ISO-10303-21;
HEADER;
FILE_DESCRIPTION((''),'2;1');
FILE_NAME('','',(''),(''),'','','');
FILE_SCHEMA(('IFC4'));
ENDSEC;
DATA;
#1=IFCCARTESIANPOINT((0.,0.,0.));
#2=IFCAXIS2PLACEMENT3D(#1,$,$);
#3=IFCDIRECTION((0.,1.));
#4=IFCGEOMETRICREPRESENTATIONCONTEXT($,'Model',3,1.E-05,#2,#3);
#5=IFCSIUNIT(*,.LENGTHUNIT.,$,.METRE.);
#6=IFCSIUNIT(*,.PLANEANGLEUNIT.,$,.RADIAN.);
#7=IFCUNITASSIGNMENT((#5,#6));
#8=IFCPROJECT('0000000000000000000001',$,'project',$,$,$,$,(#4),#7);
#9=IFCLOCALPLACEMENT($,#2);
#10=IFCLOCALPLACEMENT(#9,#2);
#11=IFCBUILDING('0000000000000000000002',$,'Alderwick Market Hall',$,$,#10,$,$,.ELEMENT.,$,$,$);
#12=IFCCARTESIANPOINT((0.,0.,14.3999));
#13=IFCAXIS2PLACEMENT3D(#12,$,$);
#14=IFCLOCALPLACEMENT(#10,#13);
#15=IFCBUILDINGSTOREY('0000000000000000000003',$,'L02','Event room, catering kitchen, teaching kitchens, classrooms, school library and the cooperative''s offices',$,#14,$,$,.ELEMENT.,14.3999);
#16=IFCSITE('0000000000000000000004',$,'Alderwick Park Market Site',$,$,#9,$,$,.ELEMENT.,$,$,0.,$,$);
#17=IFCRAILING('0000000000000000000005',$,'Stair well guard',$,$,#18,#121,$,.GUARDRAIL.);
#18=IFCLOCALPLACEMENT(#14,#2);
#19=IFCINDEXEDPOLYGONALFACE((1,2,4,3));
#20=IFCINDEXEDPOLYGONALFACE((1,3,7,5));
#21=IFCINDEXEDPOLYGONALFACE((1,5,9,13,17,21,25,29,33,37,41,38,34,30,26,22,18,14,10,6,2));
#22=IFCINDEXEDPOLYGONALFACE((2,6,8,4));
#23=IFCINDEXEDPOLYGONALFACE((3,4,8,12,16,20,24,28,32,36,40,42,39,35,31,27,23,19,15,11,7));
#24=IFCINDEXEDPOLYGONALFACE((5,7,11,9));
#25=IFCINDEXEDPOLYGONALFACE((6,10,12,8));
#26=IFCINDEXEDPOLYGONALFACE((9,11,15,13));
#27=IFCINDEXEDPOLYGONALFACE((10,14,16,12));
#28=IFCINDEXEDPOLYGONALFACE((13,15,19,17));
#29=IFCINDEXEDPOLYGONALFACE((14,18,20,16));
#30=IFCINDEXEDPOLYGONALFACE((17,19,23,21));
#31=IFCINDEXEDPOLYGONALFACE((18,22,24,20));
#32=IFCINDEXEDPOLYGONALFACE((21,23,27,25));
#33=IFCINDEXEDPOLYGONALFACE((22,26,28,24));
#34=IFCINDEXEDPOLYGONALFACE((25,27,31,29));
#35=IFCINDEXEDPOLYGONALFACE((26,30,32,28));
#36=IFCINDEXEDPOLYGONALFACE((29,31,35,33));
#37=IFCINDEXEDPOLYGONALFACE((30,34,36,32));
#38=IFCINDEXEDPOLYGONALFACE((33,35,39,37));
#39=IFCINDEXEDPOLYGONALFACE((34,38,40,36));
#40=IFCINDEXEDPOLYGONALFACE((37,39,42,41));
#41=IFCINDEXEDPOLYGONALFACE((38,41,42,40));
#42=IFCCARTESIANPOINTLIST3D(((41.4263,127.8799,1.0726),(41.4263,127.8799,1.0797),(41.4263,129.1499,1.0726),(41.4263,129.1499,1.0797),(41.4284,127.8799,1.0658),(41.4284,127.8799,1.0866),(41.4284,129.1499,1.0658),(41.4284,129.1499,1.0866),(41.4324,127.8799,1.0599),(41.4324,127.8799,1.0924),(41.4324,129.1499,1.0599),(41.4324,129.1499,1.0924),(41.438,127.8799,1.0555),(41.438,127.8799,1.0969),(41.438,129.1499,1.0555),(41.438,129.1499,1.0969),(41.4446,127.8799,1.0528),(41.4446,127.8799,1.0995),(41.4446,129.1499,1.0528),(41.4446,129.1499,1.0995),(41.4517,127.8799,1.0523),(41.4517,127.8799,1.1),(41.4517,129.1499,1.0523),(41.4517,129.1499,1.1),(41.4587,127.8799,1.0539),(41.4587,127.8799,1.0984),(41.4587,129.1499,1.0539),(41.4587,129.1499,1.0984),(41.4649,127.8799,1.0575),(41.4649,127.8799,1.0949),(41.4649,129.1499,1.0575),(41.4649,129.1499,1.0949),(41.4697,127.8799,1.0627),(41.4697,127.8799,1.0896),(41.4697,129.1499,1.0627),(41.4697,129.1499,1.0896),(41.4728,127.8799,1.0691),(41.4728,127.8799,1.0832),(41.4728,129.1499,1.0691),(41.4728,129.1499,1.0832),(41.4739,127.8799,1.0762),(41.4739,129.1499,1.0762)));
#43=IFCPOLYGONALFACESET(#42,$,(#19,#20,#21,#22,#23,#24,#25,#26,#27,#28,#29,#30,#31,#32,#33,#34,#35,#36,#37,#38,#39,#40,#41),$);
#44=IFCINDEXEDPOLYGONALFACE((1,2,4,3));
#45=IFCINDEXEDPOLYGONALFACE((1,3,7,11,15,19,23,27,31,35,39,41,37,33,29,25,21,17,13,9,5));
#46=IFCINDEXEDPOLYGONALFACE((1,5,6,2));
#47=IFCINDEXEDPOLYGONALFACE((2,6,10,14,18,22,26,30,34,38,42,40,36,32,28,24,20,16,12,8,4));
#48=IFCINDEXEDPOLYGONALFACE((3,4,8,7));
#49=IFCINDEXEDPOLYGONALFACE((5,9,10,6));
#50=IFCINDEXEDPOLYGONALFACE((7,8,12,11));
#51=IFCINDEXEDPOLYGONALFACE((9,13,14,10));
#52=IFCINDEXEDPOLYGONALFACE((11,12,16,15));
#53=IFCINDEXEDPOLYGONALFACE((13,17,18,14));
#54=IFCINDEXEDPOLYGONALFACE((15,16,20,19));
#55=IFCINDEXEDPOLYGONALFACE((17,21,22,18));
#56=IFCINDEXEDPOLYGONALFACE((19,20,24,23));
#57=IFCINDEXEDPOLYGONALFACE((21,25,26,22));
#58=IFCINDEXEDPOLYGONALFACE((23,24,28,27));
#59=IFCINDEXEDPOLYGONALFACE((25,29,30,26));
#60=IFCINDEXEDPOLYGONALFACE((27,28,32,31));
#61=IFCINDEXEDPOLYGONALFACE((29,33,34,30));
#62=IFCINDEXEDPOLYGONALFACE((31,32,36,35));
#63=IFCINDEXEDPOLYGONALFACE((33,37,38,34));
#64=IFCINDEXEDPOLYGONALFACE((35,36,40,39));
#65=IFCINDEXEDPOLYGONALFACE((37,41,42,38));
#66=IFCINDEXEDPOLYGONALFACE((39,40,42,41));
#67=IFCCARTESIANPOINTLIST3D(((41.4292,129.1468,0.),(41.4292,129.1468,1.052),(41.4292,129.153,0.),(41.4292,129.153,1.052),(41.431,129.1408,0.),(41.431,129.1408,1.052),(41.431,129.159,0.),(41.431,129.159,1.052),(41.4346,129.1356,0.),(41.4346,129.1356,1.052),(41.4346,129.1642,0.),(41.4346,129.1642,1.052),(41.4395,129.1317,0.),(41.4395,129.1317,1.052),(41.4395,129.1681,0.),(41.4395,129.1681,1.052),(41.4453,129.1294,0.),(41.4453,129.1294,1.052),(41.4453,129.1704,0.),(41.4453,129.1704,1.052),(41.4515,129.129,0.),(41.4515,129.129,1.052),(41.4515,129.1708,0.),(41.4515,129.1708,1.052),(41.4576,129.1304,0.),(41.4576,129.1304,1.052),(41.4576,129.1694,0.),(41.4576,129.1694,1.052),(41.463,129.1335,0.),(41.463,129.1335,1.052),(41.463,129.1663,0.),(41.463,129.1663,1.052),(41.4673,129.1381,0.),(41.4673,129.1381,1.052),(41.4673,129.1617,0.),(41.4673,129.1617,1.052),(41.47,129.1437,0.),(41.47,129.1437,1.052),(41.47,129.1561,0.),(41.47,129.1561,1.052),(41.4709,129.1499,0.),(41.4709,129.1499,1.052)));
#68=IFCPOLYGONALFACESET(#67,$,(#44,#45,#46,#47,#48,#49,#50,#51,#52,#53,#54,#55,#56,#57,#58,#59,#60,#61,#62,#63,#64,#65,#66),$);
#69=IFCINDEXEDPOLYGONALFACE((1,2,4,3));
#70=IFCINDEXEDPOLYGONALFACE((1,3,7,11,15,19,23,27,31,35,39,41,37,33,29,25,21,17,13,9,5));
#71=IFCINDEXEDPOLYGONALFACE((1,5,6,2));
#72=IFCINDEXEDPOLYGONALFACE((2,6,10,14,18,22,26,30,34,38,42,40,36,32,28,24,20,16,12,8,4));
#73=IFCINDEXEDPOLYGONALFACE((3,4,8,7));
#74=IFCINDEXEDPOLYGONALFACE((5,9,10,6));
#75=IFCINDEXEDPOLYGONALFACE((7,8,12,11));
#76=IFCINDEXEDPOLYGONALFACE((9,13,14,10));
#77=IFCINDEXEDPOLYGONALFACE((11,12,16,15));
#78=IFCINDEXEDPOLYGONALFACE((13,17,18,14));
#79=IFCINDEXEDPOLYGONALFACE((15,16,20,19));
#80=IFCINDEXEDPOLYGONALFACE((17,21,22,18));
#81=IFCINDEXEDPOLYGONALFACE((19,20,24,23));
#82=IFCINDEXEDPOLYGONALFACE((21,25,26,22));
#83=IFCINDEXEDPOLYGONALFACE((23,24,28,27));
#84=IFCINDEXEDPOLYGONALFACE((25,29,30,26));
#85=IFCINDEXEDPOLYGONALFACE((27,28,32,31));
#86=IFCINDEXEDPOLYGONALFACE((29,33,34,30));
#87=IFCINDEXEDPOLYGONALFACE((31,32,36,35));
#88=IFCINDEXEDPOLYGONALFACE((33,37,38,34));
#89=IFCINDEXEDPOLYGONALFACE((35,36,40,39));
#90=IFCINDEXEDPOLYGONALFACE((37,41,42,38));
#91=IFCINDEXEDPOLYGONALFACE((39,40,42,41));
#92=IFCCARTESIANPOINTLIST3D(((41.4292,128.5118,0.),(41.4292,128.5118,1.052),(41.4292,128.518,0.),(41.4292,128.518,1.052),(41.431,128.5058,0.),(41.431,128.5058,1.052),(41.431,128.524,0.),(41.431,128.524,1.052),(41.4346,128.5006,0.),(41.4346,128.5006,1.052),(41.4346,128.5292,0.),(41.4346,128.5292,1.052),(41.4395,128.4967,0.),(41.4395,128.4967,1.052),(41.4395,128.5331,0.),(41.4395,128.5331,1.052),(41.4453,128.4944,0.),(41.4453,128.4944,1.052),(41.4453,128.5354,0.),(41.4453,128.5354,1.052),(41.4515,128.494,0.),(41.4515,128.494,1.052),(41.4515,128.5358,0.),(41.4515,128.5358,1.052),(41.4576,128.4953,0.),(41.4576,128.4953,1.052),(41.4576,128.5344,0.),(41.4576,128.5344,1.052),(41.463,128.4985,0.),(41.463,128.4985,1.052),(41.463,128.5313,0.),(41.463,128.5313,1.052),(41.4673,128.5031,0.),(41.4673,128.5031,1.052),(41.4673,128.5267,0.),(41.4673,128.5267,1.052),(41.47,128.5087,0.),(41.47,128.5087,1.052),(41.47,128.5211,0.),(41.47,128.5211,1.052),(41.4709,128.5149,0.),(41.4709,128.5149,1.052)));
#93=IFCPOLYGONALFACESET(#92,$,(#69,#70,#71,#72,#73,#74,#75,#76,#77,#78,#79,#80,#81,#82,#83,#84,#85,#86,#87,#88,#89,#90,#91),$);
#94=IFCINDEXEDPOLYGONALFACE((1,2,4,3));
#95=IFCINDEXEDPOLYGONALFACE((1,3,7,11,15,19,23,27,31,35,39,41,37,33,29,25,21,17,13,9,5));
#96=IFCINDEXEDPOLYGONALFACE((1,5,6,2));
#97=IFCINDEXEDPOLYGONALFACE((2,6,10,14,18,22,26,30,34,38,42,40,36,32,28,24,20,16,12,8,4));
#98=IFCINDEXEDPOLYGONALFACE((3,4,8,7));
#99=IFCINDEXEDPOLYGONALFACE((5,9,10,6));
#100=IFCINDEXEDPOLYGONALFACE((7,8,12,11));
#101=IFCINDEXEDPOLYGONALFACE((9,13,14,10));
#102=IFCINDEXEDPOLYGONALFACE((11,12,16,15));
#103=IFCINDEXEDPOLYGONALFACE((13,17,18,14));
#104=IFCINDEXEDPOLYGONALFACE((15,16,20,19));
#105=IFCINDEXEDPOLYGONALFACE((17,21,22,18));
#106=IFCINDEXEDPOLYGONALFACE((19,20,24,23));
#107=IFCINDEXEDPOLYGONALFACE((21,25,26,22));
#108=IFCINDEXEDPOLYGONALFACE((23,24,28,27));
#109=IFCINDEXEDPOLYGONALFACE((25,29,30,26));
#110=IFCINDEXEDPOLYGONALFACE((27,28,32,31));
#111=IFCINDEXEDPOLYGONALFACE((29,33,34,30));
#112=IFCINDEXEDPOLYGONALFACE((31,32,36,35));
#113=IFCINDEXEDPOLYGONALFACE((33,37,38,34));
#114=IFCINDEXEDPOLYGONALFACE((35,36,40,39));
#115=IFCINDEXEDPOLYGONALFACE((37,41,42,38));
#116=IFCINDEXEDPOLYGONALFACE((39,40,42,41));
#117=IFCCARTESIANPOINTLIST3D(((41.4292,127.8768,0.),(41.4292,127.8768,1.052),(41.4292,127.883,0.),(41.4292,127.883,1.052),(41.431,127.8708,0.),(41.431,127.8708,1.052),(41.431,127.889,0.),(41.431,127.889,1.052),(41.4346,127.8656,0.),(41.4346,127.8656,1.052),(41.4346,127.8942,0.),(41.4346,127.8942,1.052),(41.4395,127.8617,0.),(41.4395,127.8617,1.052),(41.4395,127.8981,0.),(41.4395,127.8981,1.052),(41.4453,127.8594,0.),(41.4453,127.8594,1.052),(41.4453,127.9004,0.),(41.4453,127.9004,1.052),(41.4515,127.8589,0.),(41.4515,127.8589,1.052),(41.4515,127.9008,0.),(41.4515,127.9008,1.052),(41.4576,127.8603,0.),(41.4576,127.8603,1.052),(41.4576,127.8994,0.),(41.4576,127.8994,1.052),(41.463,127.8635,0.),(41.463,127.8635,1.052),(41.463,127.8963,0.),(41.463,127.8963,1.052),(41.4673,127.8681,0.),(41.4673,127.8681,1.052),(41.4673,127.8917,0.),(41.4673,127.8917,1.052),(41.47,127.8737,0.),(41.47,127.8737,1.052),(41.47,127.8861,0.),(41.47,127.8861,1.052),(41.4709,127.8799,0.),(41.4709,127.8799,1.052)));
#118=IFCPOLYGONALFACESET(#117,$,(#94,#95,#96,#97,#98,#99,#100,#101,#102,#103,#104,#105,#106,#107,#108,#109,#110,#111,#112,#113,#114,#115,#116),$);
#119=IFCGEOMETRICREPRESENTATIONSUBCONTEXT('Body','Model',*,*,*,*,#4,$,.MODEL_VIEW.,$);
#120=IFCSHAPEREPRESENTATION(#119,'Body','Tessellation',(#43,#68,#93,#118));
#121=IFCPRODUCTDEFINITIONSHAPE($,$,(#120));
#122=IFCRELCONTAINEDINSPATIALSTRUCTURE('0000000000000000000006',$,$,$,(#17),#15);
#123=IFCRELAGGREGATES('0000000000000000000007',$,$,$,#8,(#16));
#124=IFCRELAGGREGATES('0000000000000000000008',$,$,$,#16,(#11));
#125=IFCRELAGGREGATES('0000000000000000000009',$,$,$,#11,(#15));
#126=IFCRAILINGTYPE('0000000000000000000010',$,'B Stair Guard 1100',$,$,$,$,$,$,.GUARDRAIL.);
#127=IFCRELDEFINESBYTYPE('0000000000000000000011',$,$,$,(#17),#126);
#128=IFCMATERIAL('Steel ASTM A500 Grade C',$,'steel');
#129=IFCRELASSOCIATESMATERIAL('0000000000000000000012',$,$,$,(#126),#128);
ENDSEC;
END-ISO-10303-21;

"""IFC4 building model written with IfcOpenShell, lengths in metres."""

from ifc_helpers import new_model, si_unit, direction, frame, origin, origin_2d, place, context, subcontext, project, spatial, circle, extrude, material, type_object, element, save


model = new_model("IFC4")

# Units and contexts
model_context = context("Model", 3, precision=1e-05, world=origin(), true_north=direction((0.0, 1.0)))
body_context = subcontext(model_context, "Body", "Model", "MODEL_VIEW")
ifc_project = project(units=[si_unit("LENGTHUNIT", "METRE"), si_unit("PLANEANGLEUNIT", "RADIAN")], contexts=[model_context])

# Site, building, storey
site_placement = place(None, origin())
site = spatial("IfcSite", under=ifc_project, at=site_placement, Name="Alderwick Park Market Site", CompositionType="ELEMENT", RefElevation=0.0)
building_placement = place(site_placement, origin())
building = spatial("IfcBuilding", under=site, at=building_placement, Name="Alderwick Market Hall", CompositionType="ELEMENT")
storey_placement = place(building_placement, frame((0.0, 0.0, 14.3999)))
storey = spatial("IfcBuildingStorey", under=building, at=storey_placement, Name="L02", Description="Event room, catering kitchen, teaching kitchens, classrooms, school library and the cooperative's offices", CompositionType="ELEMENT", Elevation=14.3999)

# Railing
ifc_material_1 = material(Name="Steel ASTM A500 Grade C", Category="steel")
railing_type = type_object("IfcRailingType", Name="B Stair Guard 1100", PredefinedType="GUARDRAIL", material=ifc_material_1)
railing_placement = place(storey_placement, frame((41.45, 129.1499, 0.0)))
element("IfcRailing", 1, at=railing_placement, inside=storey, type_object=railing_type, Name="Stair well guard", PredefinedType="GUARDRAIL", context=body_context, shape_type="SweptSolid", body=[
    extrude(circle(Radius=0.0239, at=origin_2d()), frame((0.0, 0.0, 1.0762), z_axis=(0.0, -1.0, 0.0), x_axis=(1.0, 0.0, 0.0)), (0.0, 0.0, 1.0), 1.27),
    extrude(circle(Radius=0.021, at=origin_2d()), origin(), (0.0, 0.0, 1.0), 1.052),
    extrude(circle(Radius=0.021, at=origin_2d()), frame((0.0, -0.635, 0.0)), (0.0, 0.0, 1.0), 1.052),
    extrude(circle(Radius=0.021, at=origin_2d()), frame((0.0, -1.27, 0.0)), (0.0, 0.0, 1.0), 1.052),
])

save(model, "model.ifc")
